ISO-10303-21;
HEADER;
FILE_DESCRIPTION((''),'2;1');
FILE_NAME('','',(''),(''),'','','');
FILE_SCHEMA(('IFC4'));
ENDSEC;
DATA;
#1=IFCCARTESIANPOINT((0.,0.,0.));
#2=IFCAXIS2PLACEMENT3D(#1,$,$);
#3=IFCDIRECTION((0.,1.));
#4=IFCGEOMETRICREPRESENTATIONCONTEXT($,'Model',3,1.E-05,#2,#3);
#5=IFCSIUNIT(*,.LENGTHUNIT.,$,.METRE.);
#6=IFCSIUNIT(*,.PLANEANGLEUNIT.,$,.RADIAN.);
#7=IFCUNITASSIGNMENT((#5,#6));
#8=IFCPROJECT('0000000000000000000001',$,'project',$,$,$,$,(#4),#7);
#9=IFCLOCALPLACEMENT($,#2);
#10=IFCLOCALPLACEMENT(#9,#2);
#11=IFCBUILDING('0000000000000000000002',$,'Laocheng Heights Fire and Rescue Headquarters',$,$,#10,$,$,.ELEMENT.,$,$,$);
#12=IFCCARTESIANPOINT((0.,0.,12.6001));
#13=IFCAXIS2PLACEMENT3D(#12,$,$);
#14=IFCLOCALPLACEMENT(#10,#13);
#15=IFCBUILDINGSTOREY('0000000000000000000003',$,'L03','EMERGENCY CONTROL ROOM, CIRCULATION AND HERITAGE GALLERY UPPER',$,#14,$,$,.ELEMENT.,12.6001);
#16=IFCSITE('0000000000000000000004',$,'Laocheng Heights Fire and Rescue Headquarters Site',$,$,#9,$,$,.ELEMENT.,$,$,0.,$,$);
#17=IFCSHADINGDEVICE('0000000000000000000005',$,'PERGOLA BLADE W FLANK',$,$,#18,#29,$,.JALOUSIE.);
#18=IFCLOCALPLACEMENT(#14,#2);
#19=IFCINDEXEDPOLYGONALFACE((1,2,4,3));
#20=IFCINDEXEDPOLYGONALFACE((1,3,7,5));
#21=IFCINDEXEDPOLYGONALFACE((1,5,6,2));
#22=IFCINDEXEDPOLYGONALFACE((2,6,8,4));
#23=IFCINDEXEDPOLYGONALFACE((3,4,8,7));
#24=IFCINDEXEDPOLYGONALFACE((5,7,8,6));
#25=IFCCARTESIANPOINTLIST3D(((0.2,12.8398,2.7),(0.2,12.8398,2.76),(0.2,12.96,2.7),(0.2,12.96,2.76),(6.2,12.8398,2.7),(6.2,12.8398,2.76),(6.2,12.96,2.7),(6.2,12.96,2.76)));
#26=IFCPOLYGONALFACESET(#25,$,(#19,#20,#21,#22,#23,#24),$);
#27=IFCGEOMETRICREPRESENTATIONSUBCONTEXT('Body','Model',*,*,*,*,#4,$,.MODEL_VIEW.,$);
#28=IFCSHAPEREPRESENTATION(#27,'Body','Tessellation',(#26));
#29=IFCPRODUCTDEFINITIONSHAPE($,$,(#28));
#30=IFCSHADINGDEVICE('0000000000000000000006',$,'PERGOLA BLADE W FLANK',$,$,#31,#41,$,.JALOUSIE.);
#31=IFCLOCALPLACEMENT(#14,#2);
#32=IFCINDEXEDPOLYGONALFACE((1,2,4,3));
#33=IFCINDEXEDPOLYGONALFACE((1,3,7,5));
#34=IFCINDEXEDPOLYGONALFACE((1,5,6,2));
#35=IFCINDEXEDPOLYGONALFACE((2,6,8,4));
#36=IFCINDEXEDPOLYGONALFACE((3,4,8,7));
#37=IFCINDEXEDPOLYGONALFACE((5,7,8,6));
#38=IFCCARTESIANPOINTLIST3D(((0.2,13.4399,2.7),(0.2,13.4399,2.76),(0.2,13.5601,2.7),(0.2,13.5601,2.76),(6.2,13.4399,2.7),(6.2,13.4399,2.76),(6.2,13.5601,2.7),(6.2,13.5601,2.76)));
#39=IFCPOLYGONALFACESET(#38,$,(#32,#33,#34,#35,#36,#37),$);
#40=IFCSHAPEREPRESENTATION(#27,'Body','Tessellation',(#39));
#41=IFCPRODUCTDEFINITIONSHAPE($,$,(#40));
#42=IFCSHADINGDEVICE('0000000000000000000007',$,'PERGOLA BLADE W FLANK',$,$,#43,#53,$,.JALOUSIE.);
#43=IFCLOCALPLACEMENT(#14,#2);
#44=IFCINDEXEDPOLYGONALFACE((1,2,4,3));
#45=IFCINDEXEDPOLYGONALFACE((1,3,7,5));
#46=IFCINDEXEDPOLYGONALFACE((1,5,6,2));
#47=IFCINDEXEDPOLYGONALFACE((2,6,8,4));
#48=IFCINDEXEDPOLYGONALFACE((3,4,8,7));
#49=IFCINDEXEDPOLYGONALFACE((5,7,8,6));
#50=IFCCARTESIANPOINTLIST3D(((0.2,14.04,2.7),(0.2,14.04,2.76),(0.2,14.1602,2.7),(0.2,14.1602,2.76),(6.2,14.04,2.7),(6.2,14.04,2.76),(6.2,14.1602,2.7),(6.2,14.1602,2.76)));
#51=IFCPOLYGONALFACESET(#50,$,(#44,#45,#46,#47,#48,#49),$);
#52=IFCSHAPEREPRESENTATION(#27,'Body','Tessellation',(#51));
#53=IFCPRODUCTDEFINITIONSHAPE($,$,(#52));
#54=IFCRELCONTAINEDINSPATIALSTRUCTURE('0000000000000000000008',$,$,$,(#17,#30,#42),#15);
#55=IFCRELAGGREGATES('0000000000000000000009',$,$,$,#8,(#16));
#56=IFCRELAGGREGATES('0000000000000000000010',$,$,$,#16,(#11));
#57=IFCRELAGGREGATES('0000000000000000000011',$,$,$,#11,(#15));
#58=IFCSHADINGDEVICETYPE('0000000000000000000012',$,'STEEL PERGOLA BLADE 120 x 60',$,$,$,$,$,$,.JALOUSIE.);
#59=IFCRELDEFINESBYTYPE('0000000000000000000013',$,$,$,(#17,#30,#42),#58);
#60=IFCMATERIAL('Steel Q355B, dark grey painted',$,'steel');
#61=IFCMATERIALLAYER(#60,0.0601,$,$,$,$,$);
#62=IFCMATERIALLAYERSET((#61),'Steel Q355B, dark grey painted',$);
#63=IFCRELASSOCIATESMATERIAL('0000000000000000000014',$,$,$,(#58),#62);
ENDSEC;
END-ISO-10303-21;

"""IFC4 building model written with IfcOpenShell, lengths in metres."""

from ifc_helpers import new_model, si_unit, direction, frame, origin, origin_2d, place, context, subcontext, project, spatial, rectangle, extrude, material, layer, layer_set, type_object, element, save


model = new_model("IFC4")

# Units and contexts
model_context = context("Model", 3, precision=1e-05, world=origin(), true_north=direction((0.0, 1.0)))
body_context = subcontext(model_context, "Body", "Model", "MODEL_VIEW")
ifc_project = project(units=[si_unit("LENGTHUNIT", "METRE"), si_unit("PLANEANGLEUNIT", "RADIAN")], contexts=[model_context])

# Site, building, storey
site_placement = place(None, origin())
site = spatial("IfcSite", under=ifc_project, at=site_placement, Name="Laocheng Heights Fire and Rescue Headquarters Site", CompositionType="ELEMENT", RefElevation=0.0)
building_placement = place(site_placement, origin())
building = spatial("IfcBuilding", under=site, at=building_placement, Name="Laocheng Heights Fire and Rescue Headquarters", CompositionType="ELEMENT")
storey_placement = place(building_placement, frame((0.0, 0.0, 12.6001)))
storey = spatial("IfcBuildingStorey", under=building, at=storey_placement, Name="L03", Description="EMERGENCY CONTROL ROOM, CIRCULATION AND HERITAGE GALLERY UPPER", CompositionType="ELEMENT", Elevation=12.6001)

# Shading devices
ifc_material_1 = material(Name="Steel Q355B, dark grey painted", Category="steel")
ifc_layer_1 = layer(ifc_material_1, 0.0601)
ifc_layer_set_1 = layer_set([ifc_layer_1], Name="Steel Q355B, dark grey painted")
shading_device_type = type_object("IfcShadingDeviceType", Name="STEEL PERGOLA BLADE 120 x 60", PredefinedType="JALOUSIE", material=ifc_layer_set_1)
for number, where, z_axis, x_axis, name in (
    (1, (3.2, 12.8999, 2.7), (0.0, 0.0, 1.0), (1.0, 0.0, 0.0), "PERGOLA BLADE W FLANK"),
    (2, (3.2, 13.5, 2.7), (0.0, 0.0, 1.0), (1.0, 0.0, 0.0), "PERGOLA BLADE W FLANK"),
    (3, (3.2, 14.1001, 2.7), (0.0, 0.0, 1.0), (1.0, 0.0, 0.0), "PERGOLA BLADE W FLANK"),
):
    element("IfcShadingDevice", number, at=place(storey_placement, frame(where, z_axis=z_axis, x_axis=x_axis)), inside=storey, type_object=shading_device_type, Name=name, PredefinedType="JALOUSIE", context=body_context, shape_type="SweptSolid", body=[
        extrude(rectangle(XDim=6.0, YDim=0.1201, at=origin_2d()), origin(), (0.0, 0.0, 1.0), 0.0601),
    ])

save(model, "model.ifc")
